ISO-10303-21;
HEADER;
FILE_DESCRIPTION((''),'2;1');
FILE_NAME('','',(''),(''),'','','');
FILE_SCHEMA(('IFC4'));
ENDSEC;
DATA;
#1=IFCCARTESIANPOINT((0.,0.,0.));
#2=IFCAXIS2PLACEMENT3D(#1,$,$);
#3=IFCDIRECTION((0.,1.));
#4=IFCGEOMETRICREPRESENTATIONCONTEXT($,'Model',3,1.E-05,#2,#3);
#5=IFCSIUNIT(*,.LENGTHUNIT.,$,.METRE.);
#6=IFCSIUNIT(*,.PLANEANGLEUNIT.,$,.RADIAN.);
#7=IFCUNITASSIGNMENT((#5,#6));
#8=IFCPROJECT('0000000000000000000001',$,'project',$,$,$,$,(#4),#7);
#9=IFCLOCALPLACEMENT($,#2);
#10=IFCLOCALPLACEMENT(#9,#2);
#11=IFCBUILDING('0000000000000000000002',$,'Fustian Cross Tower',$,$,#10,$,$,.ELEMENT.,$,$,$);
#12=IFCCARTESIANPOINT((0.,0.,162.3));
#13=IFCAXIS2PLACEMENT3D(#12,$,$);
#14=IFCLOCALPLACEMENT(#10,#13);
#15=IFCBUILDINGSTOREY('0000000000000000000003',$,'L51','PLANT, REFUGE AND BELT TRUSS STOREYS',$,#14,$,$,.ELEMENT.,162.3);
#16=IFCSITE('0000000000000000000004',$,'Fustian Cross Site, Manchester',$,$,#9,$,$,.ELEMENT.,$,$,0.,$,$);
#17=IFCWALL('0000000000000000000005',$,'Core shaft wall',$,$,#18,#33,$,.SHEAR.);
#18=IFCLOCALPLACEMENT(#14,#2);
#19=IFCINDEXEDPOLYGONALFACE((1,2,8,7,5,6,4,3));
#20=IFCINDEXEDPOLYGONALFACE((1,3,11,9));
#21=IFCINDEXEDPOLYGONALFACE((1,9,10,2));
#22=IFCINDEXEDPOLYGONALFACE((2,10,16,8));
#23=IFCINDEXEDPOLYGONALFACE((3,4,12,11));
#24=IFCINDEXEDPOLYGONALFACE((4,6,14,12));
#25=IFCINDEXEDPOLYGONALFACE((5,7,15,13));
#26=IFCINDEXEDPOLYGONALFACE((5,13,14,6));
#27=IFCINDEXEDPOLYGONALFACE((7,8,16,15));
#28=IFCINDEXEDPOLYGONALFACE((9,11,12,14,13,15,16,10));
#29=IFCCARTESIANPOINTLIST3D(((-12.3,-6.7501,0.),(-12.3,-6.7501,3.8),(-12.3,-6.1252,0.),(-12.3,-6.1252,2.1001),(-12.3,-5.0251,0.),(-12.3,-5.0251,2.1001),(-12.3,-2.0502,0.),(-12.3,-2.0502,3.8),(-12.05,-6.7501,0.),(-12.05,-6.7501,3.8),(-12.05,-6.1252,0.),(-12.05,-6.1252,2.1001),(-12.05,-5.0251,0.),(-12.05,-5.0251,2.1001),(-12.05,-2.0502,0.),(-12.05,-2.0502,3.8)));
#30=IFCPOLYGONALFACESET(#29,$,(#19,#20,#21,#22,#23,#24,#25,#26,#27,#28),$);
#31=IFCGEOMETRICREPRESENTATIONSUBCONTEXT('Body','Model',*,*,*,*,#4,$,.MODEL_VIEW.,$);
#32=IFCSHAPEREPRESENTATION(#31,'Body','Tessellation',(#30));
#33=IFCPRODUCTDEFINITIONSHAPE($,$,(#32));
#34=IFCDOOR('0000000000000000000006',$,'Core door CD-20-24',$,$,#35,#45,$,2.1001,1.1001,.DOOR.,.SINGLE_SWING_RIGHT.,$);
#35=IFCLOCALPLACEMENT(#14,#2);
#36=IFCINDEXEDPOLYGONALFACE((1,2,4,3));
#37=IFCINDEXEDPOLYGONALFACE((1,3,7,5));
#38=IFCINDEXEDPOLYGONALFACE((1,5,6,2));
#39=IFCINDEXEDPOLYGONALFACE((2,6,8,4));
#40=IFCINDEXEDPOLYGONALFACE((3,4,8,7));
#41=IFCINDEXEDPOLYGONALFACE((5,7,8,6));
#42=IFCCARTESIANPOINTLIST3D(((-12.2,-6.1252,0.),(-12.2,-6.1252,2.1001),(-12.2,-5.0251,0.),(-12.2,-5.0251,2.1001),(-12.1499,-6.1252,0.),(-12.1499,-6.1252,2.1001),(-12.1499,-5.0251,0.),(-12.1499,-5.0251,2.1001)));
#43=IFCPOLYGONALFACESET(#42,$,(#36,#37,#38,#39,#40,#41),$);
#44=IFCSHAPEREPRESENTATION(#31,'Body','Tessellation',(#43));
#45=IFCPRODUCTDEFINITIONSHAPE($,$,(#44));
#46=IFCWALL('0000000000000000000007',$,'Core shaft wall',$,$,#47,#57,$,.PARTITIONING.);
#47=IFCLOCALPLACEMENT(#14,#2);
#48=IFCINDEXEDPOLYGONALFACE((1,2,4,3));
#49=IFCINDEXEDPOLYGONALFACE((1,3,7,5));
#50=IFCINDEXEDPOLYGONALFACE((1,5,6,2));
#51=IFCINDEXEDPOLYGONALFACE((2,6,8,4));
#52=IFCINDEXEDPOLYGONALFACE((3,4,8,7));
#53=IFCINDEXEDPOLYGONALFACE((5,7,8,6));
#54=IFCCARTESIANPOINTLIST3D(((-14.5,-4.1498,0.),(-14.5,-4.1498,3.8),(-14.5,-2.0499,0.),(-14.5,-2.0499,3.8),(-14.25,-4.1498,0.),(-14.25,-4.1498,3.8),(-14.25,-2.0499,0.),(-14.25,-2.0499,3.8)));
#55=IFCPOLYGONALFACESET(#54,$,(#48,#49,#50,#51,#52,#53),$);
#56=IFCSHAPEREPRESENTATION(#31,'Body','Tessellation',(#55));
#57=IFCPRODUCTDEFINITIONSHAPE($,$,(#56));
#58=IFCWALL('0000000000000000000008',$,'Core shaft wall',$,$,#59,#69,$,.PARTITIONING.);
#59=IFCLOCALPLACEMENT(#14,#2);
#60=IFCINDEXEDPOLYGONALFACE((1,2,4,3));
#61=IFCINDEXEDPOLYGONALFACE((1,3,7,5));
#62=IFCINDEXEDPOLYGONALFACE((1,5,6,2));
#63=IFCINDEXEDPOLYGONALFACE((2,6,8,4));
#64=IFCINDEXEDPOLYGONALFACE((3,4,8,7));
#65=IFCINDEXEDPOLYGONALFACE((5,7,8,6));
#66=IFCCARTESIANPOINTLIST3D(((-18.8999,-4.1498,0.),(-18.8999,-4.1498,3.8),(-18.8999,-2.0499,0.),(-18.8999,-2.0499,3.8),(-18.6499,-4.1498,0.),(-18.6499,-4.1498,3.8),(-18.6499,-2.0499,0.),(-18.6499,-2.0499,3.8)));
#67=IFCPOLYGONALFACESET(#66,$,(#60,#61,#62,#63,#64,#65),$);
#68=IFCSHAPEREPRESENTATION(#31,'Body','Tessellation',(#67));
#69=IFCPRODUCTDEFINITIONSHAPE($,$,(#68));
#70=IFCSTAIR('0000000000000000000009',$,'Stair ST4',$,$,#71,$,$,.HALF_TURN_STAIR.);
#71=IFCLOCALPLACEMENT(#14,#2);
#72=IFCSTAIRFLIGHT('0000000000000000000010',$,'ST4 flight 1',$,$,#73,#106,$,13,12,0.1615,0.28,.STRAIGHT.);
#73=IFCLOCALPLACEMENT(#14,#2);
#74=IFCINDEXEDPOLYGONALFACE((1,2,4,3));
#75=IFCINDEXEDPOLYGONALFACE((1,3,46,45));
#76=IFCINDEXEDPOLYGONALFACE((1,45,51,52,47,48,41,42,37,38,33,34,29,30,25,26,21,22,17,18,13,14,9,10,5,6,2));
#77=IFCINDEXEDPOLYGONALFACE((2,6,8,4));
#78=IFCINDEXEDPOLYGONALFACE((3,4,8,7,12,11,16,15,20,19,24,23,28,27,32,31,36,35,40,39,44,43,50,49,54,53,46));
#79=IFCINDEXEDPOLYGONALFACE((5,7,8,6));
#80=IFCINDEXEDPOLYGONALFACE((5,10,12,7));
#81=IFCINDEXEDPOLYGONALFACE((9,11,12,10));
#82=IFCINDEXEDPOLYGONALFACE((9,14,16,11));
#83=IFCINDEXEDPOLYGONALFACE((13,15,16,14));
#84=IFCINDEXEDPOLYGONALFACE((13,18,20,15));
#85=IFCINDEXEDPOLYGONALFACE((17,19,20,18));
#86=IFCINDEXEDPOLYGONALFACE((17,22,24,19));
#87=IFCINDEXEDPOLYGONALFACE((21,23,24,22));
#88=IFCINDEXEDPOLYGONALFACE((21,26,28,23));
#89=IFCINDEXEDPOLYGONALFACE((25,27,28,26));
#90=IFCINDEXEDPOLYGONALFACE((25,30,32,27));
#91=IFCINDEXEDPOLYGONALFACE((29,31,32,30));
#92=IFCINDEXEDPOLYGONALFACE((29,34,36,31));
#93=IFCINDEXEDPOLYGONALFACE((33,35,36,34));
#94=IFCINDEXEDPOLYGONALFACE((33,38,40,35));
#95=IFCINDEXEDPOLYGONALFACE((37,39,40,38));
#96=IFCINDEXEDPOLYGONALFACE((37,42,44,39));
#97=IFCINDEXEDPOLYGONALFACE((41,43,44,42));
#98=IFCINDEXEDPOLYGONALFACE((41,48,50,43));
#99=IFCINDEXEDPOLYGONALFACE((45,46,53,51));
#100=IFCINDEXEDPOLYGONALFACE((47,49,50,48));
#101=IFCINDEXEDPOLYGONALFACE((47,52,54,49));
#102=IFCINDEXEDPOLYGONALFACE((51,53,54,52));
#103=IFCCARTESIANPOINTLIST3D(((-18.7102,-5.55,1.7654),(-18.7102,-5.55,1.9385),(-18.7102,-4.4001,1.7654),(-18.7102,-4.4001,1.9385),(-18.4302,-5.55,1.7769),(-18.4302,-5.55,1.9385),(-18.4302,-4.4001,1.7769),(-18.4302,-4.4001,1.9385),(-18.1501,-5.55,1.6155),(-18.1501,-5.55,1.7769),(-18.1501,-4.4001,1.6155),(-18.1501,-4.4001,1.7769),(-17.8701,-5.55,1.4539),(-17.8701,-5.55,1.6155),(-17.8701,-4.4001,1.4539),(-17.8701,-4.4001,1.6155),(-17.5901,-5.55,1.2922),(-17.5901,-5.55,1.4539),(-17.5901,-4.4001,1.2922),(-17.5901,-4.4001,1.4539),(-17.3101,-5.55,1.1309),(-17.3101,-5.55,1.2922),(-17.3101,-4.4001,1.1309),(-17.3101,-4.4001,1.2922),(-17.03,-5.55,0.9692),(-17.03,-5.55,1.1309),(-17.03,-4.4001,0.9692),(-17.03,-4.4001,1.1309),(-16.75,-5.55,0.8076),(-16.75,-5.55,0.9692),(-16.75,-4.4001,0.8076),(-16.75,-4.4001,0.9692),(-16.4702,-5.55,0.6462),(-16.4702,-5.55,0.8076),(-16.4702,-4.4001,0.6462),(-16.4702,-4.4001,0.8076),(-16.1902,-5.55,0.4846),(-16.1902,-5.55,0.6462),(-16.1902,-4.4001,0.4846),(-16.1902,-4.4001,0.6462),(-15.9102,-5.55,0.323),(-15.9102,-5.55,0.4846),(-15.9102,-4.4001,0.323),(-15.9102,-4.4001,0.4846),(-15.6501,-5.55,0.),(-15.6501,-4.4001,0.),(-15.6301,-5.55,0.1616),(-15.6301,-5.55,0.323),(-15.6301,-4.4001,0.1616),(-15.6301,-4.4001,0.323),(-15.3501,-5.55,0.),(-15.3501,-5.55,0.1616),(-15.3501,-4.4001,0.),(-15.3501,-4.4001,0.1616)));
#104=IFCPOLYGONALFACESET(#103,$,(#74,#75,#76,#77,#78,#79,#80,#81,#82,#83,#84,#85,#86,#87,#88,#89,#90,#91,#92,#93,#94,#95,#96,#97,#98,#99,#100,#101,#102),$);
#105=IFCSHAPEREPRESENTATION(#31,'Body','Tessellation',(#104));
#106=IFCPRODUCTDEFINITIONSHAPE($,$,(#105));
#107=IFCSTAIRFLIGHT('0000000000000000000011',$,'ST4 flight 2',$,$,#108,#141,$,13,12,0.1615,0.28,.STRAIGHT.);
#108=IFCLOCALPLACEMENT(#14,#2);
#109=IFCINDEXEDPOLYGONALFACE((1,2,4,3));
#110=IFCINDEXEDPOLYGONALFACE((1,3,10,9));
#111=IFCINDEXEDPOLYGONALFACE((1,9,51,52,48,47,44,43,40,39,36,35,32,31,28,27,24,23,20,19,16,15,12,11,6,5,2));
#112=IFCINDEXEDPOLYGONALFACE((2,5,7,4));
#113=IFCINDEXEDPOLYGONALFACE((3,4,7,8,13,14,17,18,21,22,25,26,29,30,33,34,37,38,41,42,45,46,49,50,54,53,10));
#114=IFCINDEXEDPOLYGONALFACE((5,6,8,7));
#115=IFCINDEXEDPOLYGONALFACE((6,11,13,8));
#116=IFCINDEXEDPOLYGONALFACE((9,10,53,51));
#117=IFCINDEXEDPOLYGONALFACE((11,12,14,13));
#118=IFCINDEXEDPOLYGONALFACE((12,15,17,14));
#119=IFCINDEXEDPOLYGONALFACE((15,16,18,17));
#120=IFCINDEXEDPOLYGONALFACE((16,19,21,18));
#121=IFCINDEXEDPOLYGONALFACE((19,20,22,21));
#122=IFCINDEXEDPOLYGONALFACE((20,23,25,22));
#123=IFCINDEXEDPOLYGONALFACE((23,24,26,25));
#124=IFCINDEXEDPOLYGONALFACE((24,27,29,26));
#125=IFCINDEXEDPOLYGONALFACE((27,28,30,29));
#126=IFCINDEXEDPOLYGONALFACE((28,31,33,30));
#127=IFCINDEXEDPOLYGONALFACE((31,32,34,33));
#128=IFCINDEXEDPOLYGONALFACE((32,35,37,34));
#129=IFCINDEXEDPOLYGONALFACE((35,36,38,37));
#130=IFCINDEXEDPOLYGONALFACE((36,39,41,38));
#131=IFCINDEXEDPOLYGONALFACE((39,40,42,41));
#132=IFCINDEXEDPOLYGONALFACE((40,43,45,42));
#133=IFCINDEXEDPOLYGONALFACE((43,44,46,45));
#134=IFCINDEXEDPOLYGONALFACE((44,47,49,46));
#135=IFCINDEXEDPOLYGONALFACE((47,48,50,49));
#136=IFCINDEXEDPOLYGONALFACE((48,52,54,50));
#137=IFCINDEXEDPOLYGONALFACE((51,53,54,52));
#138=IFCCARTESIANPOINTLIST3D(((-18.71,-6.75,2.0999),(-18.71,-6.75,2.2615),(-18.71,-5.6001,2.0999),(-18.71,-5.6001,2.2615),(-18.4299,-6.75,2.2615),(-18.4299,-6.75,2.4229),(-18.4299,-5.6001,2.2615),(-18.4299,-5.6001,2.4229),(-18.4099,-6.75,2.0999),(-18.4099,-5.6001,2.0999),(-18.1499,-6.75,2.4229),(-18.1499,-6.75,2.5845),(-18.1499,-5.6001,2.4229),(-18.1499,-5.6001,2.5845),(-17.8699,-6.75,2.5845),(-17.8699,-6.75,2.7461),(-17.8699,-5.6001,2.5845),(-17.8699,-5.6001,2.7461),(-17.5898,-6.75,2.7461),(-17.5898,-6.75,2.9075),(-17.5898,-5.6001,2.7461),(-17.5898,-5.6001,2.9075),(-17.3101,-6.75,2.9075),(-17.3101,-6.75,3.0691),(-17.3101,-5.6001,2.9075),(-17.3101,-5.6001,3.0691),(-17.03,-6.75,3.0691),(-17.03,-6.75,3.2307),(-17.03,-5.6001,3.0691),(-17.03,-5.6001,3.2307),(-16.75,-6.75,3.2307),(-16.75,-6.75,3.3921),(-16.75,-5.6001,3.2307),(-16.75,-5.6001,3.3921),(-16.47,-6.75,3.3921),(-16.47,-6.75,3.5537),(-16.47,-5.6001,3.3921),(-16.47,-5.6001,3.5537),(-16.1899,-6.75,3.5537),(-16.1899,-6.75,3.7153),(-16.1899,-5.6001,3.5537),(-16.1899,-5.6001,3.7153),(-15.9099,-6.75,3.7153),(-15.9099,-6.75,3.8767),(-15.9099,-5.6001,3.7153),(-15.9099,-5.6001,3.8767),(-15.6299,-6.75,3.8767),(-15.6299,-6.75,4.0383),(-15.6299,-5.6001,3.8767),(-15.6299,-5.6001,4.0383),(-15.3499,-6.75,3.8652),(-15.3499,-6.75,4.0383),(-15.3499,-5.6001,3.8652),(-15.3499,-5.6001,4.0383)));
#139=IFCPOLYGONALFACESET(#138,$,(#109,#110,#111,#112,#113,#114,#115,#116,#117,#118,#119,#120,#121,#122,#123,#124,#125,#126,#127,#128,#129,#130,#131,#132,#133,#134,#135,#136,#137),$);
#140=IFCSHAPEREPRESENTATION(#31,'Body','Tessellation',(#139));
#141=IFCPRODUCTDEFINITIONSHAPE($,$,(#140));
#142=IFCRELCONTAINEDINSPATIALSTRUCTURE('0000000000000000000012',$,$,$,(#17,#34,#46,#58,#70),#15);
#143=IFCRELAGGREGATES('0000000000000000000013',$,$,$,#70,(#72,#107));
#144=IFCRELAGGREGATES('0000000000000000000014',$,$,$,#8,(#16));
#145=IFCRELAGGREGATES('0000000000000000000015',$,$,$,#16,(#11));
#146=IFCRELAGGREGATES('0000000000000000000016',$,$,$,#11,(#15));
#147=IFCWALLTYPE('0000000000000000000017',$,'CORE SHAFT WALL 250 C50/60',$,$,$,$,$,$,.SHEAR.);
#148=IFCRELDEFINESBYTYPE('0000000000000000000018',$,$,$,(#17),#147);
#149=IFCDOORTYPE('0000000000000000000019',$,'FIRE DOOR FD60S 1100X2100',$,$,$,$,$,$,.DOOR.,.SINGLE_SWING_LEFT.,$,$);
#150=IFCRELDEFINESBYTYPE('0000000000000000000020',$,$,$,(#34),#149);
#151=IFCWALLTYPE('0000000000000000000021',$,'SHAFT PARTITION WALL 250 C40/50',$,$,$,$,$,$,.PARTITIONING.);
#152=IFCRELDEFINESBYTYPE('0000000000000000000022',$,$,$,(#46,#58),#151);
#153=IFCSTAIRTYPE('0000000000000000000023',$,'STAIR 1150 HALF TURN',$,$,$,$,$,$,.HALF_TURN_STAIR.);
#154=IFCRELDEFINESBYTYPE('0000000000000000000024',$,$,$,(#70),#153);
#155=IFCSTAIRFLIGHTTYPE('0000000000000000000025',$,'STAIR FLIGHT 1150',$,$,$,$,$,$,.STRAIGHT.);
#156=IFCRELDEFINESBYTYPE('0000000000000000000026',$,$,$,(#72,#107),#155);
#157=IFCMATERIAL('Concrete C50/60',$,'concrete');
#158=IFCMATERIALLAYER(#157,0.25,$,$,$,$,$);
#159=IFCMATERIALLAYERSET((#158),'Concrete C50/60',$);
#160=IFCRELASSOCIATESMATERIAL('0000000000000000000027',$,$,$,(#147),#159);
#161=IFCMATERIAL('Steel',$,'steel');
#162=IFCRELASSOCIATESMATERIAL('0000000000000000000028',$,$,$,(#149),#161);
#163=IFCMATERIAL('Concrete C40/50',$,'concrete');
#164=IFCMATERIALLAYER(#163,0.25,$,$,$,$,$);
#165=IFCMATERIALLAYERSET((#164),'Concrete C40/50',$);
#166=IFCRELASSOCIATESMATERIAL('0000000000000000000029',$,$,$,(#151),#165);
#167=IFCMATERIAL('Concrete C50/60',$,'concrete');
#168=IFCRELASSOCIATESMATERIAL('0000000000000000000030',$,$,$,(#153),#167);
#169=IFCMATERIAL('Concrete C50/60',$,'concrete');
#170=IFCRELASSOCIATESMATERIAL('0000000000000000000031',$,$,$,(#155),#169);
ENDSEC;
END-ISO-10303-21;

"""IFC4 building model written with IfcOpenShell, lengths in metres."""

from ifc_helpers import new_model, si_unit, direction, frame, frame_2d, origin, place, context, subcontext, project, spatial, polyline, rectangle, outline, extrude, material, layer, layer_set, type_object, element, fill, aggregate, save


model = new_model("IFC4")

# Units and contexts
model_context = context("Model", 3, precision=1e-05, world=origin(), true_north=direction((0.0, 1.0)))
body_context = subcontext(model_context, "Body", "Model", "MODEL_VIEW")
ifc_project = project(units=[si_unit("LENGTHUNIT", "METRE"), si_unit("PLANEANGLEUNIT", "RADIAN")], contexts=[model_context])

# Site, building, storey
site_placement = place(None, origin())
site = spatial("IfcSite", under=ifc_project, at=site_placement, Name="Fustian Cross Site, Manchester", CompositionType="ELEMENT", RefElevation=0.0)
building_placement = place(site_placement, origin())
building = spatial("IfcBuilding", under=site, at=building_placement, Name="Fustian Cross Tower", CompositionType="ELEMENT")
storey_placement = place(building_placement, frame((0.0, 0.0, 162.3)))
storey = spatial("IfcBuildingStorey", under=building, at=storey_placement, Name="L51", Description="PLANT, REFUGE AND BELT TRUSS STOREYS", CompositionType="ELEMENT", Elevation=162.3)

# Shared definitions
ifc_material_1 = material(Name="Concrete C50/60", Category="concrete")
ifc_layer_1 = layer(ifc_material_1, 0.25)
ifc_layer_set_1 = layer_set([ifc_layer_1], Name="Concrete C50/60")
wall_type_1 = type_object("IfcWallType", Name="CORE SHAFT WALL 250 C50/60", PredefinedType="SHEAR", material=ifc_layer_set_1)

# Wall, opening, door
wall_1_placement = place(storey_placement, frame((-12.175, -2.05, 0.0), z_axis=(0.0, 0.0, 1.0), x_axis=(0.0, -1.0, 0.0)))
wall_1 = element("IfcWall", 1, at=wall_1_placement, inside=storey, type_object=wall_type_1, Name="Core shaft wall", PredefinedType="SHEAR", context=body_context, shape_type="SweptSolid", body=[
    extrude(rectangle(XDim=4.7, YDim=0.25, at=frame_2d((2.3501, 0.0))), origin(), (0.0, 0.0, 1.0), 3.8),
])
opening_1_placement = place(wall_1_placement, frame((2.9751, 0.0, 0.0)))
opening_1 = element("IfcOpeningElement", 2, at=opening_1_placement, cuts=wall_1, PredefinedType="OPENING", context=body_context, shape_type="SweptSolid", body=[
    extrude(rectangle(XDim=1.1001, YDim=2.1001, at=frame_2d((0.55, 1.05))), frame((0.0, 0.135, 0.0), z_axis=(0.0, -1.0, 0.0), x_axis=(1.0, 0.0, 0.0)), (0.0, 0.0, 1.0), 0.27),
])
ifc_material_2 = material(Name="Steel", Category="steel")
door_type_1 = type_object("IfcDoorType", Name="FIRE DOOR FD60S 1100X2100", OperationType="SINGLE_SWING_LEFT", PredefinedType="DOOR", material=ifc_material_2)
door_1_placement = place(opening_1_placement, frame((1.1001, 0.0, 0.0), z_axis=(0.0, 0.0, 1.0), x_axis=(-1.0, 0.0, 0.0)))
door_1 = element("IfcDoor", 3, at=door_1_placement, inside=storey, type_object=door_type_1, Name="Core door CD-20-24", OperationType="SINGLE_SWING_RIGHT", OverallHeight=2.1001, OverallWidth=1.1001, PredefinedType="DOOR", context=body_context, shape_type="SweptSolid", body=[
    extrude(rectangle(XDim=1.1001, YDim=2.1001, at=frame_2d((0.55, 1.05))), frame((0.0, 0.0249, 0.0), z_axis=(0.0, -1.0, 0.0), x_axis=(1.0, 0.0, 0.0)), (0.0, 0.0, 1.0), 0.05),
])
fill(opening_1, door_1)

# Walls
ifc_material_3 = material(Name="Concrete C40/50", Category="concrete")
ifc_layer_2 = layer(ifc_material_3, 0.25)
ifc_layer_set_2 = layer_set([ifc_layer_2], Name="Concrete C40/50")
wall_type_2 = type_object("IfcWallType", Name="SHAFT PARTITION WALL 250 C40/50", PredefinedType="PARTITIONING", material=ifc_layer_set_2)
for number, where, z_axis, x_axis, name in (
    (4, (-14.375, -2.05, 0.0), (0.0, 0.0, 1.0), (0.0, -1.0, 0.0), "Core shaft wall"),
    (5, (-18.7749, -2.05, 0.0), (0.0, 0.0, 1.0), (0.0, -1.0, 0.0), "Core shaft wall"),
):
    element("IfcWall", number, at=place(storey_placement, frame(where, z_axis=z_axis, x_axis=x_axis)), inside=storey, type_object=wall_type_2, Name=name, PredefinedType="PARTITIONING", context=body_context, shape_type="SweptSolid", body=[
        extrude(rectangle(XDim=2.0999, YDim=0.25, at=frame_2d((1.0498, 0.0))), origin(), (0.0, 0.0, 1.0), 3.8),
    ])

# Stair, stair flights
ifc_material_4 = material(Name="Concrete C50/60", Category="concrete")
stair_type = type_object("IfcStairType", Name="STAIR 1150 HALF TURN", PredefinedType="HALF_TURN_STAIR", material=ifc_material_4)
stair_placement = place(storey_placement, origin())
stair = element("IfcStair", 6, at=stair_placement, inside=storey, type_object=stair_type, Name="Stair ST4", PredefinedType="HALF_TURN_STAIR")
ifc_material_5 = material(Name="Concrete C50/60", Category="concrete")
stair_flight_type = type_object("IfcStairFlightType", Name="STAIR FLIGHT 1150", PredefinedType="STRAIGHT", material=ifc_material_5)
stair_flight_1_placement = place(storey_placement, frame((-15.3501, -4.9751, 0.0), z_axis=(0.0, 0.0, 1.0), x_axis=(-1.0, 0.0, 0.0)))
stair_flight_1 = element("IfcStairFlight", 7, at=stair_flight_1_placement, type_object=stair_flight_type, Name="ST4 flight 1", NumberOfRisers=13, NumberOfTreads=12, PredefinedType="STRAIGHT", RiserHeight=0.1615, TreadLength=0.28, context=body_context, shape_type="SweptSolid", body=[
    extrude(outline(polyline([(0.0, 0.0), (0.0, 0.1616), (0.28, 0.1616), (0.28, 0.323), (0.5601, 0.323), (0.5601, 0.4846), (0.8401, 0.4846), (0.8401, 0.6462), (1.1201, 0.6462), (1.1201, 0.8076), (1.3999, 0.8076), (1.3999, 0.9692), (1.6799, 0.9692), (1.6799, 1.1309), (1.96, 1.1309), (1.96, 1.2922), (2.24, 1.2922), (2.24, 1.4539), (2.52, 1.4539), (2.52, 1.6155), (2.8, 1.6155), (2.8, 1.7769), (3.0801, 1.7769), (3.0801, 1.9385), (3.3601, 1.9385), (3.3601, 2.1001), (3.3601, 1.7654), (0.3, 0.0), (0.0, 0.0)])), frame((0.0, 0.575, 0.0), z_axis=(0.0, -1.0, 0.0), x_axis=(1.0, 0.0, 0.0)), (0.0, 0.0, 1.0), 1.1499),
])
stair_flight_2_placement = place(storey_placement, frame((-18.71, -6.175, 2.0999), z_axis=(0.0, 0.0, 1.0), x_axis=(1.0, 0.0, 0.0)))
stair_flight_2 = element("IfcStairFlight", 8, at=stair_flight_2_placement, type_object=stair_flight_type, Name="ST4 flight 2", NumberOfRisers=13, NumberOfTreads=12, PredefinedType="STRAIGHT", RiserHeight=0.1615, TreadLength=0.28, context=body_context, shape_type="SweptSolid", body=[
    extrude(outline(polyline([(0.0, 0.0), (0.0, 0.1616), (0.28, 0.1616), (0.28, 0.323), (0.5601, 0.323), (0.5601, 0.4846), (0.8401, 0.4846), (0.8401, 0.6462), (1.1201, 0.6462), (1.1201, 0.8076), (1.3999, 0.8076), (1.3999, 0.9692), (1.6799, 0.9692), (1.6799, 1.1309), (1.96, 1.1309), (1.96, 1.2922), (2.24, 1.2922), (2.24, 1.4539), (2.52, 1.4539), (2.52, 1.6155), (2.8, 1.6155), (2.8, 1.7769), (3.0801, 1.7769), (3.0801, 1.9385), (3.3601, 1.9385), (3.3601, 2.1001), (3.3601, 1.7654), (0.3, 0.0), (0.0, 0.0)])), frame((0.0, 0.575, 0.0), z_axis=(0.0, -1.0, 0.0), x_axis=(1.0, 0.0, 0.0)), (0.0, 0.0, 1.0), 1.1499),
])
aggregate(stair, [stair_flight_1, stair_flight_2])

save(model, "model.ifc")
